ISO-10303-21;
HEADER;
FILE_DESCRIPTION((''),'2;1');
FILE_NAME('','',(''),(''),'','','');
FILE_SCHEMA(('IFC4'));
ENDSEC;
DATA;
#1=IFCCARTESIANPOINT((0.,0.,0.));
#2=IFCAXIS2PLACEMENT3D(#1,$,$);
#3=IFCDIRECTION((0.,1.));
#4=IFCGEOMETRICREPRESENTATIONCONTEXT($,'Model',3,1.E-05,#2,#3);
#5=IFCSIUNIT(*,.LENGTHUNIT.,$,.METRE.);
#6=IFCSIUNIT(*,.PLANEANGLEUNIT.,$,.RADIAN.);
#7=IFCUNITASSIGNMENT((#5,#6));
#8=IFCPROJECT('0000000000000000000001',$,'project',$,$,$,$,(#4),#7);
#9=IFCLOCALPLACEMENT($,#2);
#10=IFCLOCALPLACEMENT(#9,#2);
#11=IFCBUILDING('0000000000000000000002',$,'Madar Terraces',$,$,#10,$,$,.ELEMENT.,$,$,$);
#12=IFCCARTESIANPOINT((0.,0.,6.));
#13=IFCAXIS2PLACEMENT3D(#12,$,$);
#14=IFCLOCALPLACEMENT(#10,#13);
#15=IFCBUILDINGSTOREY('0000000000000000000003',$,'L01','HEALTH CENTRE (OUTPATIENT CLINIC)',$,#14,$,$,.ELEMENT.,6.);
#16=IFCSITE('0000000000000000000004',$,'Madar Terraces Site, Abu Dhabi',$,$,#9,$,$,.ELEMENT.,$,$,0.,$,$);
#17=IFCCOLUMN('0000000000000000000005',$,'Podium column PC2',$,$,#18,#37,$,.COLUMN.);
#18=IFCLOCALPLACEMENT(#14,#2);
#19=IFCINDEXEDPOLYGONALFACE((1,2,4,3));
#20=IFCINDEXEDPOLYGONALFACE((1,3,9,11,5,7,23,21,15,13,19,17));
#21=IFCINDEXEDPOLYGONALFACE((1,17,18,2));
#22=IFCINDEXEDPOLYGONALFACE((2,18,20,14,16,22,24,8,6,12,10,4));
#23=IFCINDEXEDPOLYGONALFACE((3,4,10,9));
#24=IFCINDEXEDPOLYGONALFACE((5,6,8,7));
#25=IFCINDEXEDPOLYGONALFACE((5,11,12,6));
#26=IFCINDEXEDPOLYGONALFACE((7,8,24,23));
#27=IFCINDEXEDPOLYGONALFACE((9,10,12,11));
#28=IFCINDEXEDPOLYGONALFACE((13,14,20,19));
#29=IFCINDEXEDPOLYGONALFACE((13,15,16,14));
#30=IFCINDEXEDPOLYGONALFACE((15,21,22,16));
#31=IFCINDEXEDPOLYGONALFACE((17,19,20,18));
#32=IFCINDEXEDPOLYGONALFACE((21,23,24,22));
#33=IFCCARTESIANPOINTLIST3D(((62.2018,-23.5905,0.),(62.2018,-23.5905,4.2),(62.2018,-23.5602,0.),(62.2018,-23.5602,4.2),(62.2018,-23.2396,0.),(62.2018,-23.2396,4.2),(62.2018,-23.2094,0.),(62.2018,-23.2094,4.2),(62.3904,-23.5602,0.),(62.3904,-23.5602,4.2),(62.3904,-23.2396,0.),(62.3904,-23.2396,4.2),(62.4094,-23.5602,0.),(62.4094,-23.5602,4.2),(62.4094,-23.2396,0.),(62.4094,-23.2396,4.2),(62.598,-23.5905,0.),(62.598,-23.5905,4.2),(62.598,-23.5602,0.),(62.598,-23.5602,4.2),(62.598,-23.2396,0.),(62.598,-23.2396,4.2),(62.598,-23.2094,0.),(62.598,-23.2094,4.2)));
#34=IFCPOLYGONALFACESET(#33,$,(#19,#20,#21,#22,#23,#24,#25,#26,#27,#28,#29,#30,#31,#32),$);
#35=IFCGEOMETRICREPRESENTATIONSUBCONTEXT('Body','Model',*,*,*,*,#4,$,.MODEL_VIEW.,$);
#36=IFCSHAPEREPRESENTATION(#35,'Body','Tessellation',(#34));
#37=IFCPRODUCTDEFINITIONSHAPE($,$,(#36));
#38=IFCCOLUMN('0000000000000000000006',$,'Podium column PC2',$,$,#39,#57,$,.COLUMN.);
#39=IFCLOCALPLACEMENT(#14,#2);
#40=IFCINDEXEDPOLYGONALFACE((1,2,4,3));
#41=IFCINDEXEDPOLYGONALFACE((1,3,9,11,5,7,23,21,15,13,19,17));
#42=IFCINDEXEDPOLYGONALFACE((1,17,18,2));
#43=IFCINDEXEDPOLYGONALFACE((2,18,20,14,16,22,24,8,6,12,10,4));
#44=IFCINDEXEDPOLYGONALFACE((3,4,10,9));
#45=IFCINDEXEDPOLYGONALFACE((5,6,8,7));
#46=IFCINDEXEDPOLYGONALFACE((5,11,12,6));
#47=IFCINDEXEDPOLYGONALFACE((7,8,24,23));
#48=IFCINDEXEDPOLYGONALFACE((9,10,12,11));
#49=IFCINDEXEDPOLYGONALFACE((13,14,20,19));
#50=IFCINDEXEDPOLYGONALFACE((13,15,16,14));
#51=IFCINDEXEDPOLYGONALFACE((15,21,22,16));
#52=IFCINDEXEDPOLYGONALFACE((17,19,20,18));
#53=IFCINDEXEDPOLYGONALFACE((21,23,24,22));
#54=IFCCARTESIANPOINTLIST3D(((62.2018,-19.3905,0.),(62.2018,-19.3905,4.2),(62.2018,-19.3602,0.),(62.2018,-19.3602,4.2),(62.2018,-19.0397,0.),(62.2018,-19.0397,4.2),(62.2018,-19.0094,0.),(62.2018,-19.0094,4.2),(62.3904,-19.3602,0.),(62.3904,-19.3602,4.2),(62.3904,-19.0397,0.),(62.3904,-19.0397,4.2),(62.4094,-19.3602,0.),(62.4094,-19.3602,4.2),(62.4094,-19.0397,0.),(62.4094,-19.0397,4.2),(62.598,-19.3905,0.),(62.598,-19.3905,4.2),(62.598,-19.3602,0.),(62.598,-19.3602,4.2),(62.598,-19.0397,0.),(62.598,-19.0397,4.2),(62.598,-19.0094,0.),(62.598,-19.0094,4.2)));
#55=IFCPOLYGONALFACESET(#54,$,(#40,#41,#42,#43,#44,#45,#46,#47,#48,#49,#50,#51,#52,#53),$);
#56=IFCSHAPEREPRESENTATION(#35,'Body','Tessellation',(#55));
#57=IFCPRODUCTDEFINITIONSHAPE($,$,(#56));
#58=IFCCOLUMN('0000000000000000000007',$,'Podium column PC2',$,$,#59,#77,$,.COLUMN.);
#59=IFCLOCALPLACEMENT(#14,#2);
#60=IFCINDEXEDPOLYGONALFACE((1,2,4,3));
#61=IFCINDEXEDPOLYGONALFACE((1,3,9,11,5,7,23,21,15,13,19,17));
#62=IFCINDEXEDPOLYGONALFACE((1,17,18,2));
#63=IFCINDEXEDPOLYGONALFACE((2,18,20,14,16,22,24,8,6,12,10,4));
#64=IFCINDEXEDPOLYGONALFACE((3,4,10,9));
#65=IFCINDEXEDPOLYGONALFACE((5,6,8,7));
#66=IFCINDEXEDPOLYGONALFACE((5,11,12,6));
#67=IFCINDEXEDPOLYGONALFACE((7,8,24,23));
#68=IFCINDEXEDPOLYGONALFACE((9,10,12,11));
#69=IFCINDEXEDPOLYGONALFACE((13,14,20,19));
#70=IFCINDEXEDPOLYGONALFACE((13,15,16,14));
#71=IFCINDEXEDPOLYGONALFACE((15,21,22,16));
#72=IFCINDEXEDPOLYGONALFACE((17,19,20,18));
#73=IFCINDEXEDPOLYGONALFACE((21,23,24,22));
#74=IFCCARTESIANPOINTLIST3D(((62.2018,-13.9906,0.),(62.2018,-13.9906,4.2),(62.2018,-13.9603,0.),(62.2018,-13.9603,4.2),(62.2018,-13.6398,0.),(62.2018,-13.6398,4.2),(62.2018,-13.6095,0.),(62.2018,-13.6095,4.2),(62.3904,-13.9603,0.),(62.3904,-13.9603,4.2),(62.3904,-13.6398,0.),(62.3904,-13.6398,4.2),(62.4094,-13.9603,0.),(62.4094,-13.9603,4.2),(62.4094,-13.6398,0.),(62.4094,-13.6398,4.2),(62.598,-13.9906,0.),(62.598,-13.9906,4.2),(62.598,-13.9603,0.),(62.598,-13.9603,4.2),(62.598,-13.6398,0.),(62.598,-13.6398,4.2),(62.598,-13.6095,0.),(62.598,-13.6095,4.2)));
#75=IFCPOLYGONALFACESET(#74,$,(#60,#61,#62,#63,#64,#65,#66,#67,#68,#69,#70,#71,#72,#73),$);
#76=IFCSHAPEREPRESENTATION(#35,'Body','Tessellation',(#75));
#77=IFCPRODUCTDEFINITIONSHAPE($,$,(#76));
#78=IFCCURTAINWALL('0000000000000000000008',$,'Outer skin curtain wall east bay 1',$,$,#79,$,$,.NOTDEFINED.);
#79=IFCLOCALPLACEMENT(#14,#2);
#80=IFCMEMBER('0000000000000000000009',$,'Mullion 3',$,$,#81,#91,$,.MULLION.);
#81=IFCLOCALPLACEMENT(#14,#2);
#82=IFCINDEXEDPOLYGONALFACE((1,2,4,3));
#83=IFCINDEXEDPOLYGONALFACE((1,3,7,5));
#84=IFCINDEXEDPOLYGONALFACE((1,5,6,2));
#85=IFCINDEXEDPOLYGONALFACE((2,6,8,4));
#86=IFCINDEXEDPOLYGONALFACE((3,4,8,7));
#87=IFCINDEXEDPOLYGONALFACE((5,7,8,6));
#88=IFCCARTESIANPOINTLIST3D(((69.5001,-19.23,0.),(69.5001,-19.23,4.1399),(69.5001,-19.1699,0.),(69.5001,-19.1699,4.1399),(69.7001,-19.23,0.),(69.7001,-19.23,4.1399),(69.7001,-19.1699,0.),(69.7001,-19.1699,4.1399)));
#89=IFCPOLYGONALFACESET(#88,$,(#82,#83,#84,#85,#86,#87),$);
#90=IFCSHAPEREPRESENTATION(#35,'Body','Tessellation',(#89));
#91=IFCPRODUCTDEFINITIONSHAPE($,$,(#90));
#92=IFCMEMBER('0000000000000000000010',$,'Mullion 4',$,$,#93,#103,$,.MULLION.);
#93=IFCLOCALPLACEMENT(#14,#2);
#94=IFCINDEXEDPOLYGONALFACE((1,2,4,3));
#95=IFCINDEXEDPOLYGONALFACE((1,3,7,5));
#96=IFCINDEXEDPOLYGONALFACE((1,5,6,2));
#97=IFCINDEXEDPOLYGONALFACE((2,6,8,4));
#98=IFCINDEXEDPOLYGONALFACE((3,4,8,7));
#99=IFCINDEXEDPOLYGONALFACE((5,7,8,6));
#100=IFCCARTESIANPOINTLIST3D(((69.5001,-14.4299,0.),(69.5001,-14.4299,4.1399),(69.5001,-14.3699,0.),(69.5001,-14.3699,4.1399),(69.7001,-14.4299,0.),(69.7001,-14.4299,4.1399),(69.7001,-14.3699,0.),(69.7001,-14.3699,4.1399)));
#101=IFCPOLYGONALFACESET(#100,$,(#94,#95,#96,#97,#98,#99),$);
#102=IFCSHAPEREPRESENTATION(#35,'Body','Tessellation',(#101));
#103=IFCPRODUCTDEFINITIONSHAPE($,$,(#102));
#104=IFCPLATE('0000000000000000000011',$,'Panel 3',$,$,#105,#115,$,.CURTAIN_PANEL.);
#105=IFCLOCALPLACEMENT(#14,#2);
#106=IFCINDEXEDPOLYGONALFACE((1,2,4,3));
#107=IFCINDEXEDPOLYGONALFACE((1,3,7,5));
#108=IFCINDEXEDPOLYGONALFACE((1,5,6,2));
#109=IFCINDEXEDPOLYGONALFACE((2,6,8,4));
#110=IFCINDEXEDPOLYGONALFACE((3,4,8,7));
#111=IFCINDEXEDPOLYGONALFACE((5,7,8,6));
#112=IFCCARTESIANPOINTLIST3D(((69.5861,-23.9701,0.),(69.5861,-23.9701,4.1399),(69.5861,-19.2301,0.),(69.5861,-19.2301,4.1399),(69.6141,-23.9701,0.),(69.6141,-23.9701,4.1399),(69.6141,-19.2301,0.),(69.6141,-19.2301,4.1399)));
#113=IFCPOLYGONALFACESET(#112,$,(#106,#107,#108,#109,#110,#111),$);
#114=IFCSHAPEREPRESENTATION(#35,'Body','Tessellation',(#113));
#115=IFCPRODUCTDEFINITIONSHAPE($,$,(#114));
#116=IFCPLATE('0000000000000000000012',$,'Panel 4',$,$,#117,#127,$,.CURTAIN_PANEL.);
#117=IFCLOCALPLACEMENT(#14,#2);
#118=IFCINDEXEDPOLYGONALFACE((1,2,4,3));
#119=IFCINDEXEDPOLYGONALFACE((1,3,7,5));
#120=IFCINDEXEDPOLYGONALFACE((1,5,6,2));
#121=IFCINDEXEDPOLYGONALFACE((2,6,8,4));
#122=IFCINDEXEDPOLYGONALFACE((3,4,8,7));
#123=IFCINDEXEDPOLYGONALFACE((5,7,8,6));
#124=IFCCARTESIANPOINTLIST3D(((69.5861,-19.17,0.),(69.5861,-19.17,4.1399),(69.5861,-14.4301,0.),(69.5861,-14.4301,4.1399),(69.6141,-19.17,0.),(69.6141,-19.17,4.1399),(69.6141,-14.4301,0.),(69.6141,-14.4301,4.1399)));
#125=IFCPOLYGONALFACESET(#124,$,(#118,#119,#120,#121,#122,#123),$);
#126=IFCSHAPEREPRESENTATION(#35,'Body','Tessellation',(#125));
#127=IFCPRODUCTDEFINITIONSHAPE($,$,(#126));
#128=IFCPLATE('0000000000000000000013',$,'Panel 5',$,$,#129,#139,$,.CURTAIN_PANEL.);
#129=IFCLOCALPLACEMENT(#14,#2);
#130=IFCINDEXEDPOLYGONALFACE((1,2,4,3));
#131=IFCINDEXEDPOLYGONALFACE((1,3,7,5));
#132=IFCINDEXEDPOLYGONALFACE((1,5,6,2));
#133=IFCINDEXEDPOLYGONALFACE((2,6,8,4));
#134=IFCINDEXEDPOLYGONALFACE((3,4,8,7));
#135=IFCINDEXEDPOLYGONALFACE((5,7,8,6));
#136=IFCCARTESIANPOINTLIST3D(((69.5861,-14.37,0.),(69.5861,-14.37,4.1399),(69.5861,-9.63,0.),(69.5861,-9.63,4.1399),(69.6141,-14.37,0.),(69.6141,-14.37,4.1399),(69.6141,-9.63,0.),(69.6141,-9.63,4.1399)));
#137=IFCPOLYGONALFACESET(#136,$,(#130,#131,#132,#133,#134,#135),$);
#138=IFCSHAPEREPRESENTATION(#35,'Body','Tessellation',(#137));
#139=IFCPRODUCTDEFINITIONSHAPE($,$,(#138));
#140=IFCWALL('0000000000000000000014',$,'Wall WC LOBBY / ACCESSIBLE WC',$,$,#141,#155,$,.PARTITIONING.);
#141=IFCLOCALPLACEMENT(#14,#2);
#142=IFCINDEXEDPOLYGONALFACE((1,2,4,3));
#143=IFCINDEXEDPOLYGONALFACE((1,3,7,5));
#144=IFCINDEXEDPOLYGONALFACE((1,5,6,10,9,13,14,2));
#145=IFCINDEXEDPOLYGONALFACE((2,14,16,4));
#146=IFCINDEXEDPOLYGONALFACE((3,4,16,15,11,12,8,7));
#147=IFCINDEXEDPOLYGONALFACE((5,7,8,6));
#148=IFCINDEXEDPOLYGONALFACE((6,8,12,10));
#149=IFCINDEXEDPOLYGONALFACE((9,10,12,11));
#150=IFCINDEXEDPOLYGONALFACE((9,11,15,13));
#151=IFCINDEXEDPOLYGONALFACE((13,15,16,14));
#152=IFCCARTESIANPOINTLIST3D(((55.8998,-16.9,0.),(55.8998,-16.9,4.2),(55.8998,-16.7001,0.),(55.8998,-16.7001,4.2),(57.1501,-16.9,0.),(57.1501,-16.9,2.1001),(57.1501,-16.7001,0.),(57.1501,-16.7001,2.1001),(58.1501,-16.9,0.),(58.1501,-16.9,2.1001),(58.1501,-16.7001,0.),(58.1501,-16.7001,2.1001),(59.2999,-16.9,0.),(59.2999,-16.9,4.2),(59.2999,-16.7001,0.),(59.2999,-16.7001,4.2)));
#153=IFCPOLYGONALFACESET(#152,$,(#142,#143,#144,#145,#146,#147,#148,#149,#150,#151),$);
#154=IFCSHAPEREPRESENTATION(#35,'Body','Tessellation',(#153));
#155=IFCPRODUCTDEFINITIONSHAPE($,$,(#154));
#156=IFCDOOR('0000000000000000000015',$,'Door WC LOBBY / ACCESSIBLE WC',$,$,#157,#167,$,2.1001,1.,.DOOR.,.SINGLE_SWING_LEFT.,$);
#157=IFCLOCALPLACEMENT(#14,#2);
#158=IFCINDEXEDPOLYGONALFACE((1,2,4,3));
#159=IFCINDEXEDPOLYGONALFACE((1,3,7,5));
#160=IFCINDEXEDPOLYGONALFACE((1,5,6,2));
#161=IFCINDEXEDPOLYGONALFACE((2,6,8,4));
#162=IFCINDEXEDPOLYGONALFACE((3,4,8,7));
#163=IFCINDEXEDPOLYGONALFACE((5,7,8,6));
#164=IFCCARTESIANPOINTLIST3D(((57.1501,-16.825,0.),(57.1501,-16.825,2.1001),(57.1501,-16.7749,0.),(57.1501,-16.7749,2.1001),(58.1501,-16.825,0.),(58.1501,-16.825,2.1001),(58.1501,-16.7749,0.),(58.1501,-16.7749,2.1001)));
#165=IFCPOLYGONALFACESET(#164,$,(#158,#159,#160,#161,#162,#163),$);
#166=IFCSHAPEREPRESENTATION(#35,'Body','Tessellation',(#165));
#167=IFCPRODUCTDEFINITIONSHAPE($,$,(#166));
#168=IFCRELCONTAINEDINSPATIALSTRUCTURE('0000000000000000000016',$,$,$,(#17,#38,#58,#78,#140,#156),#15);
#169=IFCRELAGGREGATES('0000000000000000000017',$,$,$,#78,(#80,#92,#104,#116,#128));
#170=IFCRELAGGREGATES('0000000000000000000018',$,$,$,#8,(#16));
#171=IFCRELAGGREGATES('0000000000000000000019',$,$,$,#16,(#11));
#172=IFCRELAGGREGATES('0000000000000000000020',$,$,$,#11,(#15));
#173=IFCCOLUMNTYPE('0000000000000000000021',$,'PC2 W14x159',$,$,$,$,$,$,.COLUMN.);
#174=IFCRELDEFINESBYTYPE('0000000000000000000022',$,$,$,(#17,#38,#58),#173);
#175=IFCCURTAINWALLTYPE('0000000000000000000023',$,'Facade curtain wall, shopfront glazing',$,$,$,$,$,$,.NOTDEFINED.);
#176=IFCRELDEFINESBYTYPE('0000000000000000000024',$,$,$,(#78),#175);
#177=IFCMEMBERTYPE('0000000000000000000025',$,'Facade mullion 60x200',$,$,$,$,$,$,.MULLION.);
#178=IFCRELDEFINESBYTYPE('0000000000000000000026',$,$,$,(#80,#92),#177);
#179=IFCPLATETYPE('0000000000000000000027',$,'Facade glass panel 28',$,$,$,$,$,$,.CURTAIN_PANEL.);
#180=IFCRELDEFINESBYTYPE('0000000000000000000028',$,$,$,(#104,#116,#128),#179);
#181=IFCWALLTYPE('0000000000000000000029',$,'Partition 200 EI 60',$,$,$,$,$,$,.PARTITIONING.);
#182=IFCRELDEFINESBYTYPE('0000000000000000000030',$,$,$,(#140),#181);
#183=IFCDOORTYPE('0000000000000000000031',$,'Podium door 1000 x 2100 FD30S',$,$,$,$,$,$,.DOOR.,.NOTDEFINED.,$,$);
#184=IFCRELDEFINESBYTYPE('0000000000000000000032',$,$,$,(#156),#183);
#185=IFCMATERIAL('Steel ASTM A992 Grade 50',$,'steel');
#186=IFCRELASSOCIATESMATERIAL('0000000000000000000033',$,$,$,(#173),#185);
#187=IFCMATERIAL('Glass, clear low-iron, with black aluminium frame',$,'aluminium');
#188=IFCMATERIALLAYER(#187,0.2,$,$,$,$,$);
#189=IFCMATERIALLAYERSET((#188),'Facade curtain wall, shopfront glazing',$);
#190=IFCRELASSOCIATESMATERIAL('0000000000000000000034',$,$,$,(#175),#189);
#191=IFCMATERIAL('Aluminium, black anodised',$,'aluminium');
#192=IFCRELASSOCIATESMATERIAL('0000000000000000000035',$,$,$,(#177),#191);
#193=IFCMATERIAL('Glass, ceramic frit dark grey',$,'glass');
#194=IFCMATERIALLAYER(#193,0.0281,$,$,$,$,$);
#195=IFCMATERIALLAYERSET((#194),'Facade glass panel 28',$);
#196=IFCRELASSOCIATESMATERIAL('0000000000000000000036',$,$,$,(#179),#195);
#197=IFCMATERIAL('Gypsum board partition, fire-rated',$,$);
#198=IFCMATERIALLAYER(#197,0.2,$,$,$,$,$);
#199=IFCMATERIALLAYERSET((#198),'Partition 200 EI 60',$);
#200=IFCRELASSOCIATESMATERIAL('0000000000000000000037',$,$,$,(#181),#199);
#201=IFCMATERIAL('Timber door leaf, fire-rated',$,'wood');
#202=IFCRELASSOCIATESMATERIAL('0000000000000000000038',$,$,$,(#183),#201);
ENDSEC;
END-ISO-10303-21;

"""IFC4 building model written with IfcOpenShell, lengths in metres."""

from ifc_helpers import new_model, si_unit, direction, frame, frame_2d, origin, origin_2d, place, context, subcontext, project, spatial, rectangle, i_section, extrude, material, layer, layer_set, material_profile, profile_set, type_object, element, fill, aggregate, save


model = new_model("IFC4")

# Units and contexts
model_context = context("Model", 3, precision=1e-05, world=origin(), true_north=direction((0.0, 1.0)))
body_context = subcontext(model_context, "Body", "Model", "MODEL_VIEW")
ifc_project = project(units=[si_unit("LENGTHUNIT", "METRE"), si_unit("PLANEANGLEUNIT", "RADIAN")], contexts=[model_context])

# Site, building, storey
site_placement = place(None, origin())
site = spatial("IfcSite", under=ifc_project, at=site_placement, Name="Madar Terraces Site, Abu Dhabi", CompositionType="ELEMENT", RefElevation=0.0)
building_placement = place(site_placement, origin())
building = spatial("IfcBuilding", under=site, at=building_placement, Name="Madar Terraces", CompositionType="ELEMENT")
storey_placement = place(building_placement, frame((0.0, 0.0, 6.0)))
storey = spatial("IfcBuildingStorey", under=building, at=storey_placement, Name="L01", Description="HEALTH CENTRE (OUTPATIENT CLINIC)", CompositionType="ELEMENT", Elevation=6.0)

# Columns
ifc_material_1 = material(Name="Steel ASTM A992 Grade 50", Category="steel")
ifc_material_profile_1 = material_profile(ifc_material_1, i_section(OverallWidth=0.3962, OverallDepth=0.3811, WebThickness=0.019, FlangeThickness=0.0303, at=origin_2d()), Name="W14x159")
ifc_profile_set_1 = profile_set([ifc_material_profile_1], Name="Steel ASTM A992 Grade 50")
column_type = type_object("IfcColumnType", Name="PC2 W14x159", PredefinedType="COLUMN", material=ifc_profile_set_1)
for number, where, z_axis, x_axis, name in (
    (1, (62.3999, -23.3999, 0.0), (0.0, 0.0, 1.0), (1.0, 0.0, 0.0), "Podium column PC2"),
    (2, (62.3999, -19.2, 0.0), (0.0, 0.0, 1.0), (1.0, 0.0, 0.0), "Podium column PC2"),
    (3, (62.3999, -13.8, 0.0), (0.0, 0.0, 1.0), (1.0, 0.0, 0.0), "Podium column PC2"),
):
    element("IfcColumn", number, at=place(storey_placement, frame(where, z_axis=z_axis, x_axis=x_axis)), inside=storey, type_object=column_type, Name=name, PredefinedType="COLUMN", context=body_context, shape_type="SweptSolid", body=[
        extrude(i_section(OverallWidth=0.3962, OverallDepth=0.3811, WebThickness=0.019, FlangeThickness=0.0303, at=origin_2d()), origin(), (0.0, 0.0, 1.0), 4.2),
    ])

# Curtain wall, members, plates
ifc_material_2 = material(Name="Glass, clear low-iron, with black aluminium frame", Category="aluminium")
ifc_layer_1 = layer(ifc_material_2, 0.2)
ifc_layer_set_1 = layer_set([ifc_layer_1], Name="Facade curtain wall, shopfront glazing")
curtain_wall_type = type_object("IfcCurtainWallType", Name="Facade curtain wall, shopfront glazing", PredefinedType="NOTDEFINED", material=ifc_layer_set_1)
curtain_wall_placement = place(storey_placement, origin())
curtain_wall = element("IfcCurtainWall", 4, at=curtain_wall_placement, inside=storey, type_object=curtain_wall_type, Name="Outer skin curtain wall east bay 1", PredefinedType="NOTDEFINED")
ifc_material_3 = material(Name="Aluminium, black anodised", Category="aluminium")
ifc_material_profile_2 = material_profile(ifc_material_3, rectangle(XDim=0.2, YDim=0.0601, at=origin_2d()), Name="Facade mullion 60x200")
ifc_profile_set_2 = profile_set([ifc_material_profile_2], Name="Aluminium, black anodised")
member_type = type_object("IfcMemberType", Name="Facade mullion 60x200", PredefinedType="MULLION", material=ifc_profile_set_2)
member_1_placement = place(storey_placement, frame((69.6001, -19.2, 0.0), z_axis=(0.0, 0.0, 1.0), x_axis=(-1.0, 0.0, 0.0)))
member_1 = element("IfcMember", 5, at=member_1_placement, type_object=member_type, Name="Mullion 3", PredefinedType="MULLION", context=body_context, shape_type="SweptSolid", body=[
    extrude(rectangle(XDim=0.2, YDim=0.0601, at=origin_2d()), origin(), (0.0, 0.0, 1.0), 4.1399),
])
member_2_placement = place(storey_placement, frame((69.6001, -14.3999, 0.0), z_axis=(0.0, 0.0, 1.0), x_axis=(-1.0, 0.0, 0.0)))
member_2 = element("IfcMember", 6, at=member_2_placement, type_object=member_type, Name="Mullion 4", PredefinedType="MULLION", context=body_context, shape_type="SweptSolid", body=[
    extrude(rectangle(XDim=0.2, YDim=0.0601, at=origin_2d()), origin(), (0.0, 0.0, 1.0), 4.1399),
])
ifc_material_4 = material(Name="Glass, ceramic frit dark grey", Category="glass")
ifc_layer_2 = layer(ifc_material_4, 0.0281)
ifc_layer_set_2 = layer_set([ifc_layer_2], Name="Facade glass panel 28")
plate_type = type_object("IfcPlateType", Name="Facade glass panel 28", PredefinedType="CURTAIN_PANEL", material=ifc_layer_set_2)
plate_1_placement = place(storey_placement, frame((69.6001, -21.6001, 0.0), z_axis=(0.0, 0.0, 1.0), x_axis=(0.0, 1.0, 0.0)))
plate_1 = element("IfcPlate", 7, at=plate_1_placement, type_object=plate_type, Name="Panel 3", PredefinedType="CURTAIN_PANEL", context=body_context, shape_type="SweptSolid", body=[
    extrude(rectangle(XDim=4.74, YDim=0.0281, at=origin_2d()), origin(), (0.0, 0.0, 1.0), 4.1399),
])
plate_2_placement = place(storey_placement, frame((69.6001, -16.8, 0.0), z_axis=(0.0, 0.0, 1.0), x_axis=(0.0, 1.0, 0.0)))
plate_2 = element("IfcPlate", 8, at=plate_2_placement, type_object=plate_type, Name="Panel 4", PredefinedType="CURTAIN_PANEL", context=body_context, shape_type="SweptSolid", body=[
    extrude(rectangle(XDim=4.74, YDim=0.0281, at=origin_2d()), origin(), (0.0, 0.0, 1.0), 4.1399),
])
plate_3_placement = place(storey_placement, frame((69.6001, -12.0, 0.0), z_axis=(0.0, 0.0, 1.0), x_axis=(0.0, 1.0, 0.0)))
plate_3 = element("IfcPlate", 9, at=plate_3_placement, type_object=plate_type, Name="Panel 5", PredefinedType="CURTAIN_PANEL", context=body_context, shape_type="SweptSolid", body=[
    extrude(rectangle(XDim=4.74, YDim=0.0281, at=origin_2d()), origin(), (0.0, 0.0, 1.0), 4.1399),
])
aggregate(curtain_wall, [member_1, member_2, plate_1, plate_2, plate_3])

# Wall, opening, door
ifc_material_5 = material(Name="Gypsum board partition, fire-rated")
ifc_layer_3 = layer(ifc_material_5, 0.2)
ifc_layer_set_3 = layer_set([ifc_layer_3], Name="Partition 200 EI 60")
wall_type = type_object("IfcWallType", Name="Partition 200 EI 60", PredefinedType="PARTITIONING", material=ifc_layer_set_3)
wall_1_placement = place(storey_placement, frame((59.3, -16.8, 0.0), z_axis=(0.0, 0.0, 1.0), x_axis=(-1.0, 0.0, 0.0)))
wall_1 = element("IfcWall", 10, at=wall_1_placement, inside=storey, type_object=wall_type, Name="Wall WC LOBBY / ACCESSIBLE WC", PredefinedType="PARTITIONING", context=body_context, shape_type="SweptSolid", body=[
    extrude(rectangle(XDim=3.4001, YDim=0.2, at=frame_2d((1.7002, 0.0))), origin(), (0.0, 0.0, 1.0), 4.2),
])
opening_1_placement = place(wall_1_placement, frame((1.1499, 0.0, 0.0)))
opening_1 = element("IfcOpeningElement", 11, at=opening_1_placement, cuts=wall_1, PredefinedType="OPENING", context=body_context, shape_type="SweptSolid", body=[
    extrude(rectangle(XDim=1.0, YDim=2.1001, at=frame_2d((0.5, 1.05))), frame((0.0, 0.1099, 0.0), z_axis=(0.0, -1.0, 0.0), x_axis=(1.0, 0.0, 0.0)), (0.0, 0.0, 1.0), 0.22),
])
ifc_material_6 = material(Name="Timber door leaf, fire-rated", Category="wood")
door_type_1 = type_object("IfcDoorType", Name="Podium door 1000 x 2100 FD30S", OperationType="NOTDEFINED", PredefinedType="DOOR", material=ifc_material_6)
door_1_placement = place(opening_1_placement, origin())
door_1 = element("IfcDoor", 12, at=door_1_placement, inside=storey, type_object=door_type_1, Name="Door WC LOBBY / ACCESSIBLE WC", OperationType="SINGLE_SWING_LEFT", OverallHeight=2.1001, OverallWidth=1.0, PredefinedType="DOOR", context=body_context, shape_type="SweptSolid", body=[
    extrude(rectangle(XDim=1.0, YDim=2.1001, at=frame_2d((0.5, 1.05))), frame((0.0, 0.0249, 0.0), z_axis=(0.0, -1.0, 0.0), x_axis=(1.0, 0.0, 0.0)), (0.0, 0.0, 1.0), 0.05),
])
fill(opening_1, door_1)

save(model, "model.ifc")
